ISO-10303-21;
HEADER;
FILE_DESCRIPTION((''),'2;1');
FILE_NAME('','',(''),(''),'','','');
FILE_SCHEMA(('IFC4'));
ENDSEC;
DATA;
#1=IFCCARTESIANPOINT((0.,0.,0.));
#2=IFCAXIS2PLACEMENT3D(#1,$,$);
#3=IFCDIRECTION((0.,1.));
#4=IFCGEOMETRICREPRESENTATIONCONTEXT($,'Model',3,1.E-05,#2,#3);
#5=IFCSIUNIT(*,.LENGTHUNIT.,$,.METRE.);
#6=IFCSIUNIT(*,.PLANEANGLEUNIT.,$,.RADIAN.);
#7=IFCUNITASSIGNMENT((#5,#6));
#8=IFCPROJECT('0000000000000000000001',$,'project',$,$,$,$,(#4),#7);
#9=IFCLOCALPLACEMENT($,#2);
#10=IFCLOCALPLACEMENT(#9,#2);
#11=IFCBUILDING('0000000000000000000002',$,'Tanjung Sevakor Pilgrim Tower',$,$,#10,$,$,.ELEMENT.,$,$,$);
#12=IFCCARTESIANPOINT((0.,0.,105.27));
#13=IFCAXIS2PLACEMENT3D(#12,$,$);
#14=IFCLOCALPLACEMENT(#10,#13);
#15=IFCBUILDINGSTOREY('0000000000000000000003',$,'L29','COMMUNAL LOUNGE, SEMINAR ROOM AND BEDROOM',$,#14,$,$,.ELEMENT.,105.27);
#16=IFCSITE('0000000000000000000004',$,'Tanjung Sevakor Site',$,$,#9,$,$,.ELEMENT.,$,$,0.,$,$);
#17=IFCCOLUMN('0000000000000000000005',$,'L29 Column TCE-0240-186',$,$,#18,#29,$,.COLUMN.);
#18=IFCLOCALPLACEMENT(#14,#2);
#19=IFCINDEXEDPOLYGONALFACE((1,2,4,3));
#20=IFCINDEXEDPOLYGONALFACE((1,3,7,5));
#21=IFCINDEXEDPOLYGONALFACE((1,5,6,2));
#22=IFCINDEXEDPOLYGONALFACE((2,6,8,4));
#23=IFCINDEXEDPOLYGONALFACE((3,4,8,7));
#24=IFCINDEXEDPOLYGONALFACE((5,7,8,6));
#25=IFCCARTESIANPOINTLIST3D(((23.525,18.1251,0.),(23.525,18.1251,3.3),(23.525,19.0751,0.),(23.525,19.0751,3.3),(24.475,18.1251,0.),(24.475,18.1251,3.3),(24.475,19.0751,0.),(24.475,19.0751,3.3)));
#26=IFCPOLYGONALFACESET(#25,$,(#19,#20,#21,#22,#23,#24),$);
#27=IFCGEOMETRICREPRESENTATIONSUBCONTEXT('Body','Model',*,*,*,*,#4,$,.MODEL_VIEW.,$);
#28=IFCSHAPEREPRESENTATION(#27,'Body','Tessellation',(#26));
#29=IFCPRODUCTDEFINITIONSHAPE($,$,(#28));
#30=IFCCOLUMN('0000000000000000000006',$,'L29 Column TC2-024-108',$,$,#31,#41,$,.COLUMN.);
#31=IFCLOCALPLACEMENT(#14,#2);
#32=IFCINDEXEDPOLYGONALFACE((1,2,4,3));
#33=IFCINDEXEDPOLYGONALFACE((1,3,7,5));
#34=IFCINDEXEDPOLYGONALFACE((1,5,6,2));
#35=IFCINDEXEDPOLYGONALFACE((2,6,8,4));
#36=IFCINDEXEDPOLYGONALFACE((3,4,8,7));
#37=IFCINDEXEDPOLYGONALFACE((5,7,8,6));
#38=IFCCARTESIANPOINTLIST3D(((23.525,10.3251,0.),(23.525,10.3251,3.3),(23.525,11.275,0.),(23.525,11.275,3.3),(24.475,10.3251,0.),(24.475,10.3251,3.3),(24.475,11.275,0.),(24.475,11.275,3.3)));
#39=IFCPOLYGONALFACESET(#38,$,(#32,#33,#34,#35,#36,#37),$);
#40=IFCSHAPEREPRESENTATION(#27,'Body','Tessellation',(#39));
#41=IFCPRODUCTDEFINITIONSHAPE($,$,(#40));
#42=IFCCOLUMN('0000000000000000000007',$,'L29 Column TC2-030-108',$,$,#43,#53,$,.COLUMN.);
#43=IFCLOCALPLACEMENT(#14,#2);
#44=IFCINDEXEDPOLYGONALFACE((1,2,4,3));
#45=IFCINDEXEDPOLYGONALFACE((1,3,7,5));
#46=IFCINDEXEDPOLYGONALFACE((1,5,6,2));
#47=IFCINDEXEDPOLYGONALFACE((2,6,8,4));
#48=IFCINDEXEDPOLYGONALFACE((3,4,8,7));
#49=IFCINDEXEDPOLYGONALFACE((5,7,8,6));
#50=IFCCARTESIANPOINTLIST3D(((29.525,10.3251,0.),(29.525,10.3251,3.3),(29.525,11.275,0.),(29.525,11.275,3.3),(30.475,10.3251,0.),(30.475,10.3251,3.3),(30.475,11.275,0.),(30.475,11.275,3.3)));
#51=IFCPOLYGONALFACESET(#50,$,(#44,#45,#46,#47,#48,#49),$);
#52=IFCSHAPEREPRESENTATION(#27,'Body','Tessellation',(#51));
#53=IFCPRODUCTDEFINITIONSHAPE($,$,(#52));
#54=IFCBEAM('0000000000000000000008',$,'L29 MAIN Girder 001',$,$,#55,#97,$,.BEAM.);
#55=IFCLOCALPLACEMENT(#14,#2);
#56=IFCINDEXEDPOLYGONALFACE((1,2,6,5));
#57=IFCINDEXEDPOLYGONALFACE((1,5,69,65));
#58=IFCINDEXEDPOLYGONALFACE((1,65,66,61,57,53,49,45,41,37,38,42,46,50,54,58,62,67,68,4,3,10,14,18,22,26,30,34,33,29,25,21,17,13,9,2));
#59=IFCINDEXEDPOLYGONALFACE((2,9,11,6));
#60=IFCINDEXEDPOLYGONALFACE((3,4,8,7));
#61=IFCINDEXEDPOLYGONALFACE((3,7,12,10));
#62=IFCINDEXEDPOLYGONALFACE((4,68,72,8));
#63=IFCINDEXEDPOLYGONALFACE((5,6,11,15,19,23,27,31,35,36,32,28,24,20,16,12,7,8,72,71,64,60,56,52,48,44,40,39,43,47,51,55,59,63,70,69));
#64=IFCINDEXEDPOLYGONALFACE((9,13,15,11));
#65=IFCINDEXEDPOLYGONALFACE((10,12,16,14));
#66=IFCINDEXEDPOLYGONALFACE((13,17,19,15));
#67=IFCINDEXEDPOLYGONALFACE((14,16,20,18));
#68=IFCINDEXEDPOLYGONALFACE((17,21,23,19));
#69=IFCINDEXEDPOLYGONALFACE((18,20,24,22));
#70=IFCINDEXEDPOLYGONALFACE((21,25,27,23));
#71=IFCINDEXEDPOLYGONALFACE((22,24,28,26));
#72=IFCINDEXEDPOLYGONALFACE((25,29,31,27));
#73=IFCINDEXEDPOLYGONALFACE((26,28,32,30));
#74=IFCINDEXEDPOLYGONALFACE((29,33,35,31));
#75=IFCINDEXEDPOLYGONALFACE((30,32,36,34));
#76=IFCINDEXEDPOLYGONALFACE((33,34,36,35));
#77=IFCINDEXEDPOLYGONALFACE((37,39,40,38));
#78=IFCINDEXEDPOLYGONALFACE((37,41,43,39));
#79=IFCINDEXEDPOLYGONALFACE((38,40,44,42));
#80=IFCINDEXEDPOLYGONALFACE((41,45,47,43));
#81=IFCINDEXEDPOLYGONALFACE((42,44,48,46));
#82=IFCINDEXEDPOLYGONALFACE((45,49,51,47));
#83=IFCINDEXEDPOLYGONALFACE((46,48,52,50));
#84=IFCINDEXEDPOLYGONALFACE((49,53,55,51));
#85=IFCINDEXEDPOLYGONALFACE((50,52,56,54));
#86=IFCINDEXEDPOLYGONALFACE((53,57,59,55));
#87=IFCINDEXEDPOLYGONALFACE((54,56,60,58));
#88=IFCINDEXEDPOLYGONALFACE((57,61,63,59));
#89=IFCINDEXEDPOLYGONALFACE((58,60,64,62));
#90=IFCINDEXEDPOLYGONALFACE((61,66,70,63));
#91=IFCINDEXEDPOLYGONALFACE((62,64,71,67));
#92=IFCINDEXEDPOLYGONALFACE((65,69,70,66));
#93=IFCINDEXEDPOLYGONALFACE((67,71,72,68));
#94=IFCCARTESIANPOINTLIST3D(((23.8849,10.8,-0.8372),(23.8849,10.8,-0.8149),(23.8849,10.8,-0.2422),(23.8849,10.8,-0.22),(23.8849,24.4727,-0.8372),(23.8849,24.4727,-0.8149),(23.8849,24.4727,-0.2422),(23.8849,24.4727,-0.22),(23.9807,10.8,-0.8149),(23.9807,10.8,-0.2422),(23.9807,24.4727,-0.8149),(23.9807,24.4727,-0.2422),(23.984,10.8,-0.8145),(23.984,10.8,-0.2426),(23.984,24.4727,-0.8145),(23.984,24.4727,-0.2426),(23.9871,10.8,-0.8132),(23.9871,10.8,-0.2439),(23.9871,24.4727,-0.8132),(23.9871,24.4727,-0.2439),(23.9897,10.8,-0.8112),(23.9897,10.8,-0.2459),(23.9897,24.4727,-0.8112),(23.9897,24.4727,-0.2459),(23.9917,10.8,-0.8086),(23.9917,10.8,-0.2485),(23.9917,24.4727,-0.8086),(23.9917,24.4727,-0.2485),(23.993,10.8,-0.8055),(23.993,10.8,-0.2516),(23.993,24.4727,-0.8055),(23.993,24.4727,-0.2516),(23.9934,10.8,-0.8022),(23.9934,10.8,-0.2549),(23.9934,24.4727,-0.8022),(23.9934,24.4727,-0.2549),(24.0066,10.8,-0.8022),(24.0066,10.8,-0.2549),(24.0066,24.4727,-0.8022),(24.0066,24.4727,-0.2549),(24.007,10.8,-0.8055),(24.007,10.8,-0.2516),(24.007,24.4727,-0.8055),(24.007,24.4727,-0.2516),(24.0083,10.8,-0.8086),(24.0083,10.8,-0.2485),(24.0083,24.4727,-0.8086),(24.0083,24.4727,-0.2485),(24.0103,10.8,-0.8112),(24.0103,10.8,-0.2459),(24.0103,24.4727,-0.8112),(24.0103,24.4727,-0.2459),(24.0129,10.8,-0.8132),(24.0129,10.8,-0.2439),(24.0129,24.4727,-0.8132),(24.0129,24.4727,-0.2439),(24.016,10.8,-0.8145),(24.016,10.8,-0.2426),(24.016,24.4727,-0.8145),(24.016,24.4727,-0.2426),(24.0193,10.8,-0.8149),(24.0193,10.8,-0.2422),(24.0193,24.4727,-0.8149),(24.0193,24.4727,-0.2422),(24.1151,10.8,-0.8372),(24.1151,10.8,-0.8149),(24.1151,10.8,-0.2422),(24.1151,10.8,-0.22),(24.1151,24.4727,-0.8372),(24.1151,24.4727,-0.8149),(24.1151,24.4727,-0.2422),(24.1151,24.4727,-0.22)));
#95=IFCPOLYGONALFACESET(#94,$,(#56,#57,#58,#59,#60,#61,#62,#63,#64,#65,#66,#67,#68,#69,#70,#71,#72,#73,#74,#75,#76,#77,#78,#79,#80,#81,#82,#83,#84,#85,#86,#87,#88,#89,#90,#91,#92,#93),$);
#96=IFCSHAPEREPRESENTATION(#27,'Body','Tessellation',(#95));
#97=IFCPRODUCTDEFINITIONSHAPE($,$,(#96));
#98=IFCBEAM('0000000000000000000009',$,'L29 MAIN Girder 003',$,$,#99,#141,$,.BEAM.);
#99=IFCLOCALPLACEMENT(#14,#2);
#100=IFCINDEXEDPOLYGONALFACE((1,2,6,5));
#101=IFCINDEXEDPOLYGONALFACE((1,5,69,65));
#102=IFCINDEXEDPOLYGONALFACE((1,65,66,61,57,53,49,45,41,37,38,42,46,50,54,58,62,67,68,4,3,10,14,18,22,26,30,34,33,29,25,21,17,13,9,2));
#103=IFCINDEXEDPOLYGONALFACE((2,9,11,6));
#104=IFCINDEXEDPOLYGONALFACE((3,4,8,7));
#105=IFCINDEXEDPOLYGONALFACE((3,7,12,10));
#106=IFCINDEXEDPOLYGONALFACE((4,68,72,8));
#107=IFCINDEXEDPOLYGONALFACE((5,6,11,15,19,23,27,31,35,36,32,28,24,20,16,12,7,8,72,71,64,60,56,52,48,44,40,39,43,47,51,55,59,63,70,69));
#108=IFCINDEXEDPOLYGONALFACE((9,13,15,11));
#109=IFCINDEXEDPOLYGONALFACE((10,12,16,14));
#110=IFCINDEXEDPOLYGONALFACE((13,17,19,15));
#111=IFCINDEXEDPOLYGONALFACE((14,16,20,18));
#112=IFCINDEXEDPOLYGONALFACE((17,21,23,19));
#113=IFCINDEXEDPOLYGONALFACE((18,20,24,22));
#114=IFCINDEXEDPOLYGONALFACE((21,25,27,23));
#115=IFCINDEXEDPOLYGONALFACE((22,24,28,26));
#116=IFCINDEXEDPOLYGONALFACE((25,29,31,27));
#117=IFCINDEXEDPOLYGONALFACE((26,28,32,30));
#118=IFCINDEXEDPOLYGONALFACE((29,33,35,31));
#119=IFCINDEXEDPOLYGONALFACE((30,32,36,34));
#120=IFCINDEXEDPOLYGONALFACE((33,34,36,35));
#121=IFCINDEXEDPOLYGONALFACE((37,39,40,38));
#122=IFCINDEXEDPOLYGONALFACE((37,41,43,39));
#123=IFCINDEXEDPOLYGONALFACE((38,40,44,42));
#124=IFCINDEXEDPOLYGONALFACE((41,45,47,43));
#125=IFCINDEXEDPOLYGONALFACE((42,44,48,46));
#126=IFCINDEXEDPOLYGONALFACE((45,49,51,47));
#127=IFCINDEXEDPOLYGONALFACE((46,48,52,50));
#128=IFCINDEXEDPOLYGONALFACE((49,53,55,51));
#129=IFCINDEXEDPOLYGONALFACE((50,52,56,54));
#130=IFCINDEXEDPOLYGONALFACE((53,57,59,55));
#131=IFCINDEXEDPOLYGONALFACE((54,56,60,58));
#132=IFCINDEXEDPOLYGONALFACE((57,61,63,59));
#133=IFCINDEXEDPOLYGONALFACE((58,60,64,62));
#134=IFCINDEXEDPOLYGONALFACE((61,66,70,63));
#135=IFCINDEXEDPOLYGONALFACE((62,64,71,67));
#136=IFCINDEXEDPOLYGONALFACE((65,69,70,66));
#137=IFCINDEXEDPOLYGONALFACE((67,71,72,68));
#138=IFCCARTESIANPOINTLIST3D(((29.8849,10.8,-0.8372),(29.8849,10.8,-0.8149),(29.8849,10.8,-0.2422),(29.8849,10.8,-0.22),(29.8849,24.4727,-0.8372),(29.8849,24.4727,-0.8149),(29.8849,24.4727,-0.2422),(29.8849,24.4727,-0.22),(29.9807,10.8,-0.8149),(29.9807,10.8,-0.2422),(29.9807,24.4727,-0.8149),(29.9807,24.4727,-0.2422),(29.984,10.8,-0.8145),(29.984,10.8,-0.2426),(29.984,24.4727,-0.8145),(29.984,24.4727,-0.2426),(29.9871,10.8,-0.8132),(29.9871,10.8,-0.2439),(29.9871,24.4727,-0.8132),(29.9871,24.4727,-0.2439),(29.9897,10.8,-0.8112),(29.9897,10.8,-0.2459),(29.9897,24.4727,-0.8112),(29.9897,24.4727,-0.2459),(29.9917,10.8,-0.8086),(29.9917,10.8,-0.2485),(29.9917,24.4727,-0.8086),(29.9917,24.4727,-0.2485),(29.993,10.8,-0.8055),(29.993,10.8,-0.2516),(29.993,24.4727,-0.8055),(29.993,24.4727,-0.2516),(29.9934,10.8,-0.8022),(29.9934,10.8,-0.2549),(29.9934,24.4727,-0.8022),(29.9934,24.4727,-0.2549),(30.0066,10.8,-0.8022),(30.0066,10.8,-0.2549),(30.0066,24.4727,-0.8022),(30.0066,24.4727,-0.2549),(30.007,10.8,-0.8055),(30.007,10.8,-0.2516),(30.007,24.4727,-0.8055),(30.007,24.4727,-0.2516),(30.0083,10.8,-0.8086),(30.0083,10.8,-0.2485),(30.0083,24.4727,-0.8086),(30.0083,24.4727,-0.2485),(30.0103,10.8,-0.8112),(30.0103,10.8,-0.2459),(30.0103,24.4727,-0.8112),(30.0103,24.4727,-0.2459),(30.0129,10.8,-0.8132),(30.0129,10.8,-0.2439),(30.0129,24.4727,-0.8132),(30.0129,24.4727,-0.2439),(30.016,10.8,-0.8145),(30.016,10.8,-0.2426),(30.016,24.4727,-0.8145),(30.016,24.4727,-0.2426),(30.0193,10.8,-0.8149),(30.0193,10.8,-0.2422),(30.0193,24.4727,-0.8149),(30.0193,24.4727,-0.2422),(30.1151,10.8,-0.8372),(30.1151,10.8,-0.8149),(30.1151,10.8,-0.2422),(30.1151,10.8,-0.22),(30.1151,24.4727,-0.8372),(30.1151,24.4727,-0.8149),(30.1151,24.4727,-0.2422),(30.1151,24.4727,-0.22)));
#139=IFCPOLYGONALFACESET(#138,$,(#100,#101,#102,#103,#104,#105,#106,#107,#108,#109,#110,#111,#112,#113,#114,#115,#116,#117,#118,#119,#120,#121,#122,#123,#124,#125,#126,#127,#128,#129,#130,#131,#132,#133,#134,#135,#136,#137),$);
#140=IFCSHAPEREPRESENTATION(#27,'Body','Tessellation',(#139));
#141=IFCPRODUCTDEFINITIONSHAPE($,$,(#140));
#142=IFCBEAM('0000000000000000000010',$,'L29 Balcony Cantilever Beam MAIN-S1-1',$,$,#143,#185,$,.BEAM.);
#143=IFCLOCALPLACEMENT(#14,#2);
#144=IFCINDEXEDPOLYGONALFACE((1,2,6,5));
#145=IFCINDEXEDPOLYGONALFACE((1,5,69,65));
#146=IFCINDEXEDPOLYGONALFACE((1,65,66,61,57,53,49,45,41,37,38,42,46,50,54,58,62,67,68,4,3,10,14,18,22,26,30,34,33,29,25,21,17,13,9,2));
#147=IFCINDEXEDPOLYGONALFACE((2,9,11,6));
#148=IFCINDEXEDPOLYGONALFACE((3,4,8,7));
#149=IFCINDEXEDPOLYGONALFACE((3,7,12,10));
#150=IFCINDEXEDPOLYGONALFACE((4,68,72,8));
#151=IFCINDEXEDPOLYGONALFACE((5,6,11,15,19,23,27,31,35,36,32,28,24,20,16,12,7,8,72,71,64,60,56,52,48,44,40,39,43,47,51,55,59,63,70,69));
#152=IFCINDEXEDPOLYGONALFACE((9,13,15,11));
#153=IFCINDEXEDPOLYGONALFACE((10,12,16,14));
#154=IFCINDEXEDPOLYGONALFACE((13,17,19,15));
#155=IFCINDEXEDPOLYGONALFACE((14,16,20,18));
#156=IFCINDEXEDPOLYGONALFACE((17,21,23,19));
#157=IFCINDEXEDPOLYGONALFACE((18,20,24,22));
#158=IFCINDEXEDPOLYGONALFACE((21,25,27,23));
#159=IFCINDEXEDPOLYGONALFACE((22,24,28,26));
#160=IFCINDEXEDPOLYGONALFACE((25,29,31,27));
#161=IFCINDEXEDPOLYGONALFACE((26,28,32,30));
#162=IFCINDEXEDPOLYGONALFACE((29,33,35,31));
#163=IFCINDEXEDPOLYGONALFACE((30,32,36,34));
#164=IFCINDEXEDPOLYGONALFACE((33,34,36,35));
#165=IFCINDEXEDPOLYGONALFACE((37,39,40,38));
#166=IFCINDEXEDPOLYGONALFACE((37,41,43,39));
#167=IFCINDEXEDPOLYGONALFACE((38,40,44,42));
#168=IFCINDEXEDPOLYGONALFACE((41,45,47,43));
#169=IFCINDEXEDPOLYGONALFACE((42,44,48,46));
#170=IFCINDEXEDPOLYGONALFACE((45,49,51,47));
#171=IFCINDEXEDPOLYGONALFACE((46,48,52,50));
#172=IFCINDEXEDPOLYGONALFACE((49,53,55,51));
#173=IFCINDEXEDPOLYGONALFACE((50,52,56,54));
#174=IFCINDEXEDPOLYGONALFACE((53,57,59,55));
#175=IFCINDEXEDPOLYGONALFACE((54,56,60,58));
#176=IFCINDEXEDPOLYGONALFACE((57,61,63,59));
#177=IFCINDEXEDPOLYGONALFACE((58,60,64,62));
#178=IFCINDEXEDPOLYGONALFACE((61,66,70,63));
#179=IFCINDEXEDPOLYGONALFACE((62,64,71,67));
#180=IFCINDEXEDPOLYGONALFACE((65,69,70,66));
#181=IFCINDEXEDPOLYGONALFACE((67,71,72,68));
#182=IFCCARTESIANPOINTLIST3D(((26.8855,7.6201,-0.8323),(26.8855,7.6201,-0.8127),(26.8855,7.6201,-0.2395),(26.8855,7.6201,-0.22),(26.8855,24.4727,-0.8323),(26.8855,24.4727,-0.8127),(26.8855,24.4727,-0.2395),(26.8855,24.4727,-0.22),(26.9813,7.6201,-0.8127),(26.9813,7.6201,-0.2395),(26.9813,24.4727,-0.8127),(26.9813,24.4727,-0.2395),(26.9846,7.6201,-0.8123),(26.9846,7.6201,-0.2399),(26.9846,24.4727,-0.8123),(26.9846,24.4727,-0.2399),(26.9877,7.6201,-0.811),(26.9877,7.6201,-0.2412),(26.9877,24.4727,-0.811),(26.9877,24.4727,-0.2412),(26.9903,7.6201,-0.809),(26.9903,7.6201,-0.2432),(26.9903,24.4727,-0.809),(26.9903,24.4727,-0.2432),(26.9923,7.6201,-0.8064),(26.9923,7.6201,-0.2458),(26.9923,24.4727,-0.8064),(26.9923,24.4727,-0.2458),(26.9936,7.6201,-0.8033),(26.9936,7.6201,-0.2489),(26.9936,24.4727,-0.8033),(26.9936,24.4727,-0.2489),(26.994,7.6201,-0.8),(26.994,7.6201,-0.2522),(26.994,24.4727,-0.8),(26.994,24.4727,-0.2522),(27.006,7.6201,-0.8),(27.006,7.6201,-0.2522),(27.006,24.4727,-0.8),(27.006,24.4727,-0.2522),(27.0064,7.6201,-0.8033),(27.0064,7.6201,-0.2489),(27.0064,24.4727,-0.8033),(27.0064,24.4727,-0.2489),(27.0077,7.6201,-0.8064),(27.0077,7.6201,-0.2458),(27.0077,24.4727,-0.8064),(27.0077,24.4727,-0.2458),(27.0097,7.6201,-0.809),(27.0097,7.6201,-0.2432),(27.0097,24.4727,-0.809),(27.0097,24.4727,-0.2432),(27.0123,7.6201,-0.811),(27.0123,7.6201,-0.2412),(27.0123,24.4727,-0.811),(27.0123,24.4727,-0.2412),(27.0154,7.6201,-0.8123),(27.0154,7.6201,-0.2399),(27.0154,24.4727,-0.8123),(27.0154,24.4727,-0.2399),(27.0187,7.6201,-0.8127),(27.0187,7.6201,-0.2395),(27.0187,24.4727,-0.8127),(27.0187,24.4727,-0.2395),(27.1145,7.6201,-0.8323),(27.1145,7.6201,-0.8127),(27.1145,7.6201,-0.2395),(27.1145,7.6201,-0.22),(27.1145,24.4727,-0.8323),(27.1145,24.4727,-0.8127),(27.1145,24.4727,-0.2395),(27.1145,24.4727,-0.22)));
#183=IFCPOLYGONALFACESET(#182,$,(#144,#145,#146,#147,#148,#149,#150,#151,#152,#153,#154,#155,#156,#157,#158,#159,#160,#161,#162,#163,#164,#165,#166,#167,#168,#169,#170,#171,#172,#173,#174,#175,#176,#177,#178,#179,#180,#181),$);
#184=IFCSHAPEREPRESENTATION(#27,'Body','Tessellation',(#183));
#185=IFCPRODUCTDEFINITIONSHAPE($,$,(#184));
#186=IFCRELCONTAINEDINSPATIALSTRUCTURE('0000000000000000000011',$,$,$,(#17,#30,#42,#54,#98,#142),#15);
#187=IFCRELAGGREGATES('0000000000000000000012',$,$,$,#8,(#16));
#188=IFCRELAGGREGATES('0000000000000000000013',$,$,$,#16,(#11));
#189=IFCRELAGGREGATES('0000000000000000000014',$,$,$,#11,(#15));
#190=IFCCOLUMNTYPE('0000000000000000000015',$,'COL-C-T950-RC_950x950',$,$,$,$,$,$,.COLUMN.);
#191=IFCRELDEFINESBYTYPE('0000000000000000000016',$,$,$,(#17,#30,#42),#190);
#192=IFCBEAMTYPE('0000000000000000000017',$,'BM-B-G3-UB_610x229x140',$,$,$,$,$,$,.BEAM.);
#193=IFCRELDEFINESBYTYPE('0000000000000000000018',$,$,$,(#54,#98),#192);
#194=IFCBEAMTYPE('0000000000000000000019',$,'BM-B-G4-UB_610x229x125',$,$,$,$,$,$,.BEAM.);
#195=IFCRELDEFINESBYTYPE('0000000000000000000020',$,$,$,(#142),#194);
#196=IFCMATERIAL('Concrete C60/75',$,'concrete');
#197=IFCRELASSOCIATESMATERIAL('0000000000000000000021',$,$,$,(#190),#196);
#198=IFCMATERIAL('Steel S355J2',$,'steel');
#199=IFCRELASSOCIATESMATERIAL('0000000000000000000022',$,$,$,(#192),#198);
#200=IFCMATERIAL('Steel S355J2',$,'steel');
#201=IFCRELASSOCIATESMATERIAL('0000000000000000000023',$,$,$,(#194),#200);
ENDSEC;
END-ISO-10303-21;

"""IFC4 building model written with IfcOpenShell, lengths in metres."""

from ifc_helpers import new_model, si_unit, direction, frame, origin, origin_2d, place, context, subcontext, project, spatial, rectangle, i_section, extrude, material, material_profile, profile_set, type_object, element, save


model = new_model("IFC4")

# Units and contexts
model_context = context("Model", 3, precision=1e-05, world=origin(), true_north=direction((0.0, 1.0)))
body_context = subcontext(model_context, "Body", "Model", "MODEL_VIEW")
ifc_project = project(units=[si_unit("LENGTHUNIT", "METRE"), si_unit("PLANEANGLEUNIT", "RADIAN")], contexts=[model_context])

# Site, building, storey
site_placement = place(None, origin())
site = spatial("IfcSite", under=ifc_project, at=site_placement, Name="Tanjung Sevakor Site", CompositionType="ELEMENT", RefElevation=0.0)
building_placement = place(site_placement, origin())
building = spatial("IfcBuilding", under=site, at=building_placement, Name="Tanjung Sevakor Pilgrim Tower", CompositionType="ELEMENT")
storey_placement = place(building_placement, frame((0.0, 0.0, 105.27)))
storey = spatial("IfcBuildingStorey", under=building, at=storey_placement, Name="L29", Description="COMMUNAL LOUNGE, SEMINAR ROOM AND BEDROOM", CompositionType="ELEMENT", Elevation=105.27)

# Columns
ifc_material_1 = material(Name="Concrete C60/75", Category="concrete")
ifc_material_profile_1 = material_profile(ifc_material_1, rectangle(XDim=0.95, YDim=0.95, at=origin_2d()))
ifc_profile_set_1 = profile_set([ifc_material_profile_1], Name="Concrete C60/75")
column_type = type_object("IfcColumnType", Name="COL-C-T950-RC_950x950", PredefinedType="COLUMN", material=ifc_profile_set_1)
for number, where, z_axis, x_axis, name in (
    (1, (24.0, 18.6001, 0.0), (0.0, 0.0, 1.0), (1.0, 0.0, 0.0), "L29 Column TCE-0240-186"),
    (2, (24.0, 10.8, 0.0), (0.0, 0.0, 1.0), (1.0, 0.0, 0.0), "L29 Column TC2-024-108"),
    (3, (30.0, 10.8, 0.0), (0.0, 0.0, 1.0), (1.0, 0.0, 0.0), "L29 Column TC2-030-108"),
):
    element("IfcColumn", number, at=place(storey_placement, frame(where, z_axis=z_axis, x_axis=x_axis)), inside=storey, type_object=column_type, Name=name, PredefinedType="COLUMN", context=body_context, shape_type="SweptSolid", body=[
        extrude(rectangle(XDim=0.95, YDim=0.95, at=origin_2d()), origin(), (0.0, 0.0, 1.0), 3.3),
    ])

# Beams
ifc_material_2 = material(Name="Steel S355J2", Category="steel")
ifc_material_profile_2 = material_profile(ifc_material_2, i_section(OverallWidth=0.2302, OverallDepth=0.6172, WebThickness=0.0132, FlangeThickness=0.0222, FilletRadius=0.0127, at=origin_2d()))
ifc_profile_set_2 = profile_set([ifc_material_profile_2], Name="Steel S355J2")
beam_type_1 = type_object("IfcBeamType", Name="BM-B-G3-UB_610x229x140", PredefinedType="BEAM", material=ifc_profile_set_2)
for number, where, z_axis, x_axis, name in (
    (4, (24.0, 10.8, -0.5286), (0.0, 1.0, 0.0), (-1.0, 0.0, 0.0), "L29 MAIN Girder 001"),
    (5, (30.0, 10.8, -0.5286), (0.0, 1.0, 0.0), (-1.0, 0.0, 0.0), "L29 MAIN Girder 003"),
):
    element("IfcBeam", number, at=place(storey_placement, frame(where, z_axis=z_axis, x_axis=x_axis)), inside=storey, type_object=beam_type_1, Name=name, PredefinedType="BEAM", context=body_context, shape_type="SweptSolid", body=[
        extrude(i_section(OverallWidth=0.2302, OverallDepth=0.6172, WebThickness=0.0132, FlangeThickness=0.0222, FilletRadius=0.0127, at=origin_2d()), origin(), (0.0, 0.0, 1.0), 13.6726),
    ])
ifc_material_3 = material(Name="Steel S355J2", Category="steel")
ifc_material_profile_3 = material_profile(ifc_material_3, i_section(OverallWidth=0.229, OverallDepth=0.6123, WebThickness=0.012, FlangeThickness=0.0195, FilletRadius=0.0127, at=origin_2d()))
ifc_profile_set_3 = profile_set([ifc_material_profile_3], Name="Steel S355J2")
beam_type_2 = type_object("IfcBeamType", Name="BM-B-G4-UB_610x229x125", PredefinedType="BEAM", material=ifc_profile_set_3)
beam_1_placement = place(storey_placement, frame((27.0, 24.4727, -0.5261), z_axis=(0.0, -1.0, 0.0), x_axis=(1.0, 0.0, 0.0)))
element("IfcBeam", 6, at=beam_1_placement, inside=storey, type_object=beam_type_2, Name="L29 Balcony Cantilever Beam MAIN-S1-1", PredefinedType="BEAM", context=body_context, shape_type="SweptSolid", body=[
    extrude(i_section(OverallWidth=0.229, OverallDepth=0.6123, WebThickness=0.012, FlangeThickness=0.0195, FilletRadius=0.0127, at=origin_2d()), origin(), (0.0, 0.0, 1.0), 16.8525),
])

save(model, "model.ifc")
